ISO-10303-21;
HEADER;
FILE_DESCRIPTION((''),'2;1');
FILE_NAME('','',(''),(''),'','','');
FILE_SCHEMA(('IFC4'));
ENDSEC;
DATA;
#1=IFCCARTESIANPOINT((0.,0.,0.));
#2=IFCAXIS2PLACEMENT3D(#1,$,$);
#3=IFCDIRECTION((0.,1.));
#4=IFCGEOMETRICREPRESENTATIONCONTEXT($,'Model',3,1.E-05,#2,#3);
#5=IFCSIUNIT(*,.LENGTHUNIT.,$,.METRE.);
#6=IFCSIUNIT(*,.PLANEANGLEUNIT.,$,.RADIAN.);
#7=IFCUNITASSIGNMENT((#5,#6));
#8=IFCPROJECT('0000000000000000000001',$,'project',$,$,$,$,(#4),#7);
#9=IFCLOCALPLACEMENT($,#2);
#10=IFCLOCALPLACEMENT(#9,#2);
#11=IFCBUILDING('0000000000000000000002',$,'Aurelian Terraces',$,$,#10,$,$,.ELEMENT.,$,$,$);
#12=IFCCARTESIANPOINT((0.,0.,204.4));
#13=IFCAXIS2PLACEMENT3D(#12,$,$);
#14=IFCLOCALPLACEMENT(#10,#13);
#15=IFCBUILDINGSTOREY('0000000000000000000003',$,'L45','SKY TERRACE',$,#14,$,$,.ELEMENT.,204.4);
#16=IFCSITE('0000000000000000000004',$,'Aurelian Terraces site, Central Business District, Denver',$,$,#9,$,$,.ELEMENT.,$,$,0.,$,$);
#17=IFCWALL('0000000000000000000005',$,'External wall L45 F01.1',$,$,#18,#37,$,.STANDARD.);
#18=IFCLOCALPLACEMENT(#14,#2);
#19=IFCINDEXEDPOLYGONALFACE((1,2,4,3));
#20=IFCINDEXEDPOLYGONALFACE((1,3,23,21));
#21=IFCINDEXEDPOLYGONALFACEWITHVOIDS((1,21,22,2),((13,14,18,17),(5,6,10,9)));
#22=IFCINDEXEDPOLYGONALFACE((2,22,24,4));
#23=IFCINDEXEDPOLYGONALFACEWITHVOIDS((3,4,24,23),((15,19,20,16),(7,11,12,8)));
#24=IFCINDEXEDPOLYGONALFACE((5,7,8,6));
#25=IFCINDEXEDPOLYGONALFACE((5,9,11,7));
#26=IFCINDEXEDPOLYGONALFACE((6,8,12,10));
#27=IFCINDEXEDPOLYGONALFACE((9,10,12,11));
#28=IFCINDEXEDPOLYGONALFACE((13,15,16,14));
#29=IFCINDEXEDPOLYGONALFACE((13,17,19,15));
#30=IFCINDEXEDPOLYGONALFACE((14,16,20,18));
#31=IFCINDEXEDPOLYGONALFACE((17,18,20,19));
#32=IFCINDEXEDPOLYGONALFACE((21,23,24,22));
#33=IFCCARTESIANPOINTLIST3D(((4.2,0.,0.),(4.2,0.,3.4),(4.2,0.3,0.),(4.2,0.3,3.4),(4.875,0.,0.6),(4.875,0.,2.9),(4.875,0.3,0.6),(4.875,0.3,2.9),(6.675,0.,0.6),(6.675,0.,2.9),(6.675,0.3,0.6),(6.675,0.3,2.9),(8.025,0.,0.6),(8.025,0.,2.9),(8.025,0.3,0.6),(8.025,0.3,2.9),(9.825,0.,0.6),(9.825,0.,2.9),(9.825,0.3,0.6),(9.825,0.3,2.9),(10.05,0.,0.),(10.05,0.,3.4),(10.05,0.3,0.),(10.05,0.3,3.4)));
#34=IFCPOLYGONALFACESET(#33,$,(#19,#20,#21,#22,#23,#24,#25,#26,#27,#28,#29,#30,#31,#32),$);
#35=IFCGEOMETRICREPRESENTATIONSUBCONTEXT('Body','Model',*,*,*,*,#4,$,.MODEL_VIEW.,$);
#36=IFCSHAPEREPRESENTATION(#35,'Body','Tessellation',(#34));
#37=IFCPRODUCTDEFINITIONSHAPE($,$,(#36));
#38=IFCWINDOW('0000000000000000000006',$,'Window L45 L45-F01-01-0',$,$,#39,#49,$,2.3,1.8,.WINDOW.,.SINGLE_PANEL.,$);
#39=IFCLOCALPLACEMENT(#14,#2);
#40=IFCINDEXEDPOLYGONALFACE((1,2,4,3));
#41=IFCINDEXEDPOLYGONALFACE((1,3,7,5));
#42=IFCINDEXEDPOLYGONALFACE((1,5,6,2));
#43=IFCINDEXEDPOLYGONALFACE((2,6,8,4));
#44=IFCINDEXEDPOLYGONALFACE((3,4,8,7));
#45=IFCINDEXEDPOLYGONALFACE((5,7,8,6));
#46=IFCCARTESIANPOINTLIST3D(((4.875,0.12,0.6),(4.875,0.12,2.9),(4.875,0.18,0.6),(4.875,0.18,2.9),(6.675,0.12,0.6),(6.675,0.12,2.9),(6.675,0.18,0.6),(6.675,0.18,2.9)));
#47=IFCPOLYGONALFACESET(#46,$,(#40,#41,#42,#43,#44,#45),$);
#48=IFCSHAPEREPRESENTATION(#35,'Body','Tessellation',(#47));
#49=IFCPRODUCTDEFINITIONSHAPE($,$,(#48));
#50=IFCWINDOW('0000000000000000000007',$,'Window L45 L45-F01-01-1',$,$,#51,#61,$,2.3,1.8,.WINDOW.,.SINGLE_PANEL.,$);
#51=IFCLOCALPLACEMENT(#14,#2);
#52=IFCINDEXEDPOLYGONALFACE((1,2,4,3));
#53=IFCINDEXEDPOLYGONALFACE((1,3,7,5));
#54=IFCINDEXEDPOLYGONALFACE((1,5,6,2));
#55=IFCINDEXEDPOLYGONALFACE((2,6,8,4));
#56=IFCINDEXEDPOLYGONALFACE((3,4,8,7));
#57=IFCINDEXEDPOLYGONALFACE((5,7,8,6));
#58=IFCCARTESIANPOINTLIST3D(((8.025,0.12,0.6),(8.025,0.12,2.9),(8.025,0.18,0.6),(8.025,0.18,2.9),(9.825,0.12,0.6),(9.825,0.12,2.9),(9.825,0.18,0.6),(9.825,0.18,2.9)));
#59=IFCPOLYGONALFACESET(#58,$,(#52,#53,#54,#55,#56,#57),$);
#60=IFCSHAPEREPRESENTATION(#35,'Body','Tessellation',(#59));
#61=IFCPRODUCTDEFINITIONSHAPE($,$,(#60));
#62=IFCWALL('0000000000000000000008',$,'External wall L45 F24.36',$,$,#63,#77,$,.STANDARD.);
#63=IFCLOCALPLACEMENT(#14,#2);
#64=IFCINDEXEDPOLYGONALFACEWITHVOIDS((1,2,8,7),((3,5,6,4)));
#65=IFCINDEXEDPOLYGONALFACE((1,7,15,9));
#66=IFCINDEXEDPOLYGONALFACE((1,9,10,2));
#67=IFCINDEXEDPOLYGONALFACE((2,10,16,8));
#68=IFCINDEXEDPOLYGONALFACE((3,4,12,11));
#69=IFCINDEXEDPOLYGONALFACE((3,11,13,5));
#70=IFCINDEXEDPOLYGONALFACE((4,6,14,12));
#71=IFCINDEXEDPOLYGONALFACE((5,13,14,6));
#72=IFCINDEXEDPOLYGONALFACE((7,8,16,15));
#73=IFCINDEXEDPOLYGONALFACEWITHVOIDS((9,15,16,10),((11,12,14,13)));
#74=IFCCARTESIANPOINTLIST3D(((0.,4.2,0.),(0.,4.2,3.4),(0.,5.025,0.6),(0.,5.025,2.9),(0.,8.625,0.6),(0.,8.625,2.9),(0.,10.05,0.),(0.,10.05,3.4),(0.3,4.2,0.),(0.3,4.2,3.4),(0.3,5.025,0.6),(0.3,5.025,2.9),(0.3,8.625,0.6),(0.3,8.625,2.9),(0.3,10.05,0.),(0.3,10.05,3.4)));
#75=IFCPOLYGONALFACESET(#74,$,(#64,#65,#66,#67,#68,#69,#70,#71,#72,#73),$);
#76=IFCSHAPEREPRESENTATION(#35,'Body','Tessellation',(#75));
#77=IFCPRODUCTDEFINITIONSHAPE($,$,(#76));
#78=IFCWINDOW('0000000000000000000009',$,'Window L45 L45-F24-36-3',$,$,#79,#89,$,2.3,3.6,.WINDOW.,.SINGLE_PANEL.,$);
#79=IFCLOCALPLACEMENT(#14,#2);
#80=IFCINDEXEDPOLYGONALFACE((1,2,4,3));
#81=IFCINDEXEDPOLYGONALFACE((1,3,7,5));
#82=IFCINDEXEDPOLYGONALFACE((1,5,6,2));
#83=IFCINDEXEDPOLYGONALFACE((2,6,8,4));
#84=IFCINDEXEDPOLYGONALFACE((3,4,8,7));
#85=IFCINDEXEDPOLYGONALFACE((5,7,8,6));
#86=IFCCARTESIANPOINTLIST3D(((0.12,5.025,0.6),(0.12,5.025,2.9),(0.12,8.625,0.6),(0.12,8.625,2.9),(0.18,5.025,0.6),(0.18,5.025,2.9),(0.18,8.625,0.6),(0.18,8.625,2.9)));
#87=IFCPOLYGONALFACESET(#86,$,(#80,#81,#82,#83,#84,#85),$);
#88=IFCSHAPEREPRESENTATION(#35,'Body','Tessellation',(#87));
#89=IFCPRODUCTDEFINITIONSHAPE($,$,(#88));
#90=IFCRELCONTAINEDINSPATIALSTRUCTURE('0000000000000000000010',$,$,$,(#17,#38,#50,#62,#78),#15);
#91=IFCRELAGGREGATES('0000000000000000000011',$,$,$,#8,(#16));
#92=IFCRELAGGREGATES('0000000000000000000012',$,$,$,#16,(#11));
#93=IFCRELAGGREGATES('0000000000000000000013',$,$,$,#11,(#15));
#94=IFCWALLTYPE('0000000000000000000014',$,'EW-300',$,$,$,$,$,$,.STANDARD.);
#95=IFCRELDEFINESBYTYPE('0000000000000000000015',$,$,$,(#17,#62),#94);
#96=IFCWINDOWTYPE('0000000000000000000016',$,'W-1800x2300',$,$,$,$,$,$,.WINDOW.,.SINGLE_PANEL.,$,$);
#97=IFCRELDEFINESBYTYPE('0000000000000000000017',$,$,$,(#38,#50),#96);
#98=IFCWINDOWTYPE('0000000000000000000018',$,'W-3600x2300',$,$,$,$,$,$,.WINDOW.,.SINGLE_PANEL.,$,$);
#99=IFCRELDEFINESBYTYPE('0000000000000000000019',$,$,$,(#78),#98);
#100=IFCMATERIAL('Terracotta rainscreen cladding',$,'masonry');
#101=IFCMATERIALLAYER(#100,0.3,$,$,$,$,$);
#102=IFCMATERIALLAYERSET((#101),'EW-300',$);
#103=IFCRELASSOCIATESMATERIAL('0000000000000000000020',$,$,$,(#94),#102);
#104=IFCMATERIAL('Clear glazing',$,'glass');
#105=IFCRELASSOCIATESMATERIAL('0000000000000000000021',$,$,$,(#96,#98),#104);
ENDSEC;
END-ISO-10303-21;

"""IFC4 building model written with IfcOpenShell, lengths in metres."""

from ifc_helpers import new_model, si_unit, direction, frame, frame_2d, origin, place, context, subcontext, project, spatial, rectangle, extrude, source, transform, mapped, material, layer, layer_set, type_object, element, fill, save


model = new_model("IFC4")

# Units and contexts
model_context = context("Model", 3, precision=1e-05, world=origin(), true_north=direction((0.0, 1.0)))
body_context = subcontext(model_context, "Body", "Model", "MODEL_VIEW")
ifc_project = project(units=[si_unit("LENGTHUNIT", "METRE"), si_unit("PLANEANGLEUNIT", "RADIAN")], contexts=[model_context])

# Site, building, storey
site_placement = place(None, origin())
site = spatial("IfcSite", under=ifc_project, at=site_placement, Name="Aurelian Terraces site, Central Business District, Denver", CompositionType="ELEMENT", RefElevation=0.0)
building_placement = place(site_placement, origin())
building = spatial("IfcBuilding", under=site, at=building_placement, Name="Aurelian Terraces", CompositionType="ELEMENT")
storey_placement = place(building_placement, frame((0.0, 0.0, 204.4)))
storey = spatial("IfcBuildingStorey", under=building, at=storey_placement, Name="L45", Description="SKY TERRACE", CompositionType="ELEMENT", Elevation=204.4)

# Shared definitions
ifc_material_1 = material(Name="Clear glazing", Category="glass")

# Shared definitions
ifc_material_2 = material(Name="Terracotta rainscreen cladding", Category="masonry")
ifc_layer_1 = layer(ifc_material_2, 0.3)
ifc_layer_set_1 = layer_set([ifc_layer_1], Name="EW-300")
wall_type_1 = type_object("IfcWallType", Name="EW-300", PredefinedType="STANDARD", material=ifc_layer_set_1)
shared_shape_1 = source(origin(), body_context, "Body", "SweptSolid", [
    extrude(rectangle(XDim=1.8, YDim=2.3, at=frame_2d((0.9, 1.15))), frame((0.0, 0.16, 0.0), z_axis=(0.0, -1.0, 0.0), x_axis=(1.0, 0.0, 0.0)), (0.0, 0.0, 1.0), 0.32),
])
window_type_1 = type_object("IfcWindowType", Name="W-1800x2300", PartitioningType="SINGLE_PANEL", PredefinedType="WINDOW", material=ifc_material_1)
shared_shape_2 = source(origin(), body_context, "Body", "SweptSolid", [
    extrude(rectangle(XDim=1.8, YDim=2.3, at=frame_2d((0.9, 1.15))), frame((0.0, 0.03, 0.0), z_axis=(0.0, -1.0, 0.0), x_axis=(1.0, 0.0, 0.0)), (0.0, 0.0, 1.0), 0.06),
])

# Wall, openings, windows
shared_shape_3 = source(origin(), body_context, "Body", "SweptSolid", [
    extrude(rectangle(XDim=5.85, YDim=0.3, at=frame_2d((2.925, 0.0))), origin(), (0.0, 0.0, 1.0), 3.4),
])
wall_1_placement = place(storey_placement, frame((4.2, 0.15, 0.0), z_axis=(0.0, 0.0, 1.0), x_axis=(1.0, 0.0, 0.0)))
wall_1 = element("IfcWall", 1, at=wall_1_placement, inside=storey, type_object=wall_type_1, Name="External wall L45 F01.1", PredefinedType="STANDARD", context=body_context, shape_type="MappedRepresentation", body=[
    mapped(shared_shape_3, transform((0.0, 0.0, 0.0), scale=1.0)),
])
opening_1_placement = place(wall_1_placement, frame((0.675, 0.0, 0.6)))
opening_1 = element("IfcOpeningElement", 2, at=opening_1_placement, cuts=wall_1, PredefinedType="OPENING", context=body_context, shape_type="MappedRepresentation", body=[
    mapped(shared_shape_1, transform((0.0, 0.0, 0.0), scale=1.0)),
])
opening_2_placement = place(wall_1_placement, frame((3.825, 0.0, 0.6)))
opening_2 = element("IfcOpeningElement", 3, at=opening_2_placement, cuts=wall_1, PredefinedType="OPENING", context=body_context, shape_type="MappedRepresentation", body=[
    mapped(shared_shape_1, transform((0.0, 0.0, 0.0), scale=1.0)),
])
window_1_placement = place(opening_1_placement, origin())
window_1 = element("IfcWindow", 4, at=window_1_placement, inside=storey, type_object=window_type_1, Name="Window L45 L45-F01-01-0", OverallHeight=2.3, OverallWidth=1.8, PartitioningType="SINGLE_PANEL", PredefinedType="WINDOW", context=body_context, shape_type="MappedRepresentation", body=[
    mapped(shared_shape_2, transform((0.0, 0.0, 0.0), scale=1.0)),
])
fill(opening_1, window_1)
window_2_placement = place(opening_2_placement, origin())
window_2 = element("IfcWindow", 5, at=window_2_placement, inside=storey, type_object=window_type_1, Name="Window L45 L45-F01-01-1", OverallHeight=2.3, OverallWidth=1.8, PartitioningType="SINGLE_PANEL", PredefinedType="WINDOW", context=body_context, shape_type="MappedRepresentation", body=[
    mapped(shared_shape_2, transform((0.0, 0.0, 0.0), scale=1.0)),
])
fill(opening_2, window_2)

# Wall, opening, window
wall_2_placement = place(storey_placement, frame((0.15, 10.05, 0.0), z_axis=(0.0, 0.0, 1.0), x_axis=(0.0, -1.0, 0.0)))
wall_2 = element("IfcWall", 6, at=wall_2_placement, inside=storey, type_object=wall_type_1, Name="External wall L45 F24.36", PredefinedType="STANDARD", context=body_context, shape_type="MappedRepresentation", body=[
    mapped(shared_shape_3, transform((0.0, 0.0, 0.0), scale=1.0)),
])
shared_shape_4 = source(origin(), body_context, "Body", "SweptSolid", [
    extrude(rectangle(XDim=3.6, YDim=2.3, at=frame_2d((1.8, 1.15))), frame((0.0, 0.16, 0.0), z_axis=(0.0, -1.0, 0.0), x_axis=(1.0, 0.0, 0.0)), (0.0, 0.0, 1.0), 0.32),
])
opening_3_placement = place(wall_2_placement, frame((1.425, 0.0, 0.6)))
opening_3 = element("IfcOpeningElement", 7, at=opening_3_placement, cuts=wall_2, PredefinedType="OPENING", context=body_context, shape_type="MappedRepresentation", body=[
    mapped(shared_shape_4, transform((0.0, 0.0, 0.0), scale=1.0)),
])
window_type_2 = type_object("IfcWindowType", Name="W-3600x2300", PartitioningType="SINGLE_PANEL", PredefinedType="WINDOW", material=ifc_material_1)
shared_shape_5 = source(origin(), body_context, "Body", "SweptSolid", [
    extrude(rectangle(XDim=3.6, YDim=2.3, at=frame_2d((1.8, 1.15))), frame((0.0, 0.03, 0.0), z_axis=(0.0, -1.0, 0.0), x_axis=(1.0, 0.0, 0.0)), (0.0, 0.0, 1.0), 0.06),
])
window_3_placement = place(opening_3_placement, origin())
window_3 = element("IfcWindow", 8, at=window_3_placement, inside=storey, type_object=window_type_2, Name="Window L45 L45-F24-36-3", OverallHeight=2.3, OverallWidth=3.6, PartitioningType="SINGLE_PANEL", PredefinedType="WINDOW", context=body_context, shape_type="MappedRepresentation", body=[
    mapped(shared_shape_5, transform((0.0, 0.0, 0.0), scale=1.0)),
])
fill(opening_3, window_3)

save(model, "model.ifc")
